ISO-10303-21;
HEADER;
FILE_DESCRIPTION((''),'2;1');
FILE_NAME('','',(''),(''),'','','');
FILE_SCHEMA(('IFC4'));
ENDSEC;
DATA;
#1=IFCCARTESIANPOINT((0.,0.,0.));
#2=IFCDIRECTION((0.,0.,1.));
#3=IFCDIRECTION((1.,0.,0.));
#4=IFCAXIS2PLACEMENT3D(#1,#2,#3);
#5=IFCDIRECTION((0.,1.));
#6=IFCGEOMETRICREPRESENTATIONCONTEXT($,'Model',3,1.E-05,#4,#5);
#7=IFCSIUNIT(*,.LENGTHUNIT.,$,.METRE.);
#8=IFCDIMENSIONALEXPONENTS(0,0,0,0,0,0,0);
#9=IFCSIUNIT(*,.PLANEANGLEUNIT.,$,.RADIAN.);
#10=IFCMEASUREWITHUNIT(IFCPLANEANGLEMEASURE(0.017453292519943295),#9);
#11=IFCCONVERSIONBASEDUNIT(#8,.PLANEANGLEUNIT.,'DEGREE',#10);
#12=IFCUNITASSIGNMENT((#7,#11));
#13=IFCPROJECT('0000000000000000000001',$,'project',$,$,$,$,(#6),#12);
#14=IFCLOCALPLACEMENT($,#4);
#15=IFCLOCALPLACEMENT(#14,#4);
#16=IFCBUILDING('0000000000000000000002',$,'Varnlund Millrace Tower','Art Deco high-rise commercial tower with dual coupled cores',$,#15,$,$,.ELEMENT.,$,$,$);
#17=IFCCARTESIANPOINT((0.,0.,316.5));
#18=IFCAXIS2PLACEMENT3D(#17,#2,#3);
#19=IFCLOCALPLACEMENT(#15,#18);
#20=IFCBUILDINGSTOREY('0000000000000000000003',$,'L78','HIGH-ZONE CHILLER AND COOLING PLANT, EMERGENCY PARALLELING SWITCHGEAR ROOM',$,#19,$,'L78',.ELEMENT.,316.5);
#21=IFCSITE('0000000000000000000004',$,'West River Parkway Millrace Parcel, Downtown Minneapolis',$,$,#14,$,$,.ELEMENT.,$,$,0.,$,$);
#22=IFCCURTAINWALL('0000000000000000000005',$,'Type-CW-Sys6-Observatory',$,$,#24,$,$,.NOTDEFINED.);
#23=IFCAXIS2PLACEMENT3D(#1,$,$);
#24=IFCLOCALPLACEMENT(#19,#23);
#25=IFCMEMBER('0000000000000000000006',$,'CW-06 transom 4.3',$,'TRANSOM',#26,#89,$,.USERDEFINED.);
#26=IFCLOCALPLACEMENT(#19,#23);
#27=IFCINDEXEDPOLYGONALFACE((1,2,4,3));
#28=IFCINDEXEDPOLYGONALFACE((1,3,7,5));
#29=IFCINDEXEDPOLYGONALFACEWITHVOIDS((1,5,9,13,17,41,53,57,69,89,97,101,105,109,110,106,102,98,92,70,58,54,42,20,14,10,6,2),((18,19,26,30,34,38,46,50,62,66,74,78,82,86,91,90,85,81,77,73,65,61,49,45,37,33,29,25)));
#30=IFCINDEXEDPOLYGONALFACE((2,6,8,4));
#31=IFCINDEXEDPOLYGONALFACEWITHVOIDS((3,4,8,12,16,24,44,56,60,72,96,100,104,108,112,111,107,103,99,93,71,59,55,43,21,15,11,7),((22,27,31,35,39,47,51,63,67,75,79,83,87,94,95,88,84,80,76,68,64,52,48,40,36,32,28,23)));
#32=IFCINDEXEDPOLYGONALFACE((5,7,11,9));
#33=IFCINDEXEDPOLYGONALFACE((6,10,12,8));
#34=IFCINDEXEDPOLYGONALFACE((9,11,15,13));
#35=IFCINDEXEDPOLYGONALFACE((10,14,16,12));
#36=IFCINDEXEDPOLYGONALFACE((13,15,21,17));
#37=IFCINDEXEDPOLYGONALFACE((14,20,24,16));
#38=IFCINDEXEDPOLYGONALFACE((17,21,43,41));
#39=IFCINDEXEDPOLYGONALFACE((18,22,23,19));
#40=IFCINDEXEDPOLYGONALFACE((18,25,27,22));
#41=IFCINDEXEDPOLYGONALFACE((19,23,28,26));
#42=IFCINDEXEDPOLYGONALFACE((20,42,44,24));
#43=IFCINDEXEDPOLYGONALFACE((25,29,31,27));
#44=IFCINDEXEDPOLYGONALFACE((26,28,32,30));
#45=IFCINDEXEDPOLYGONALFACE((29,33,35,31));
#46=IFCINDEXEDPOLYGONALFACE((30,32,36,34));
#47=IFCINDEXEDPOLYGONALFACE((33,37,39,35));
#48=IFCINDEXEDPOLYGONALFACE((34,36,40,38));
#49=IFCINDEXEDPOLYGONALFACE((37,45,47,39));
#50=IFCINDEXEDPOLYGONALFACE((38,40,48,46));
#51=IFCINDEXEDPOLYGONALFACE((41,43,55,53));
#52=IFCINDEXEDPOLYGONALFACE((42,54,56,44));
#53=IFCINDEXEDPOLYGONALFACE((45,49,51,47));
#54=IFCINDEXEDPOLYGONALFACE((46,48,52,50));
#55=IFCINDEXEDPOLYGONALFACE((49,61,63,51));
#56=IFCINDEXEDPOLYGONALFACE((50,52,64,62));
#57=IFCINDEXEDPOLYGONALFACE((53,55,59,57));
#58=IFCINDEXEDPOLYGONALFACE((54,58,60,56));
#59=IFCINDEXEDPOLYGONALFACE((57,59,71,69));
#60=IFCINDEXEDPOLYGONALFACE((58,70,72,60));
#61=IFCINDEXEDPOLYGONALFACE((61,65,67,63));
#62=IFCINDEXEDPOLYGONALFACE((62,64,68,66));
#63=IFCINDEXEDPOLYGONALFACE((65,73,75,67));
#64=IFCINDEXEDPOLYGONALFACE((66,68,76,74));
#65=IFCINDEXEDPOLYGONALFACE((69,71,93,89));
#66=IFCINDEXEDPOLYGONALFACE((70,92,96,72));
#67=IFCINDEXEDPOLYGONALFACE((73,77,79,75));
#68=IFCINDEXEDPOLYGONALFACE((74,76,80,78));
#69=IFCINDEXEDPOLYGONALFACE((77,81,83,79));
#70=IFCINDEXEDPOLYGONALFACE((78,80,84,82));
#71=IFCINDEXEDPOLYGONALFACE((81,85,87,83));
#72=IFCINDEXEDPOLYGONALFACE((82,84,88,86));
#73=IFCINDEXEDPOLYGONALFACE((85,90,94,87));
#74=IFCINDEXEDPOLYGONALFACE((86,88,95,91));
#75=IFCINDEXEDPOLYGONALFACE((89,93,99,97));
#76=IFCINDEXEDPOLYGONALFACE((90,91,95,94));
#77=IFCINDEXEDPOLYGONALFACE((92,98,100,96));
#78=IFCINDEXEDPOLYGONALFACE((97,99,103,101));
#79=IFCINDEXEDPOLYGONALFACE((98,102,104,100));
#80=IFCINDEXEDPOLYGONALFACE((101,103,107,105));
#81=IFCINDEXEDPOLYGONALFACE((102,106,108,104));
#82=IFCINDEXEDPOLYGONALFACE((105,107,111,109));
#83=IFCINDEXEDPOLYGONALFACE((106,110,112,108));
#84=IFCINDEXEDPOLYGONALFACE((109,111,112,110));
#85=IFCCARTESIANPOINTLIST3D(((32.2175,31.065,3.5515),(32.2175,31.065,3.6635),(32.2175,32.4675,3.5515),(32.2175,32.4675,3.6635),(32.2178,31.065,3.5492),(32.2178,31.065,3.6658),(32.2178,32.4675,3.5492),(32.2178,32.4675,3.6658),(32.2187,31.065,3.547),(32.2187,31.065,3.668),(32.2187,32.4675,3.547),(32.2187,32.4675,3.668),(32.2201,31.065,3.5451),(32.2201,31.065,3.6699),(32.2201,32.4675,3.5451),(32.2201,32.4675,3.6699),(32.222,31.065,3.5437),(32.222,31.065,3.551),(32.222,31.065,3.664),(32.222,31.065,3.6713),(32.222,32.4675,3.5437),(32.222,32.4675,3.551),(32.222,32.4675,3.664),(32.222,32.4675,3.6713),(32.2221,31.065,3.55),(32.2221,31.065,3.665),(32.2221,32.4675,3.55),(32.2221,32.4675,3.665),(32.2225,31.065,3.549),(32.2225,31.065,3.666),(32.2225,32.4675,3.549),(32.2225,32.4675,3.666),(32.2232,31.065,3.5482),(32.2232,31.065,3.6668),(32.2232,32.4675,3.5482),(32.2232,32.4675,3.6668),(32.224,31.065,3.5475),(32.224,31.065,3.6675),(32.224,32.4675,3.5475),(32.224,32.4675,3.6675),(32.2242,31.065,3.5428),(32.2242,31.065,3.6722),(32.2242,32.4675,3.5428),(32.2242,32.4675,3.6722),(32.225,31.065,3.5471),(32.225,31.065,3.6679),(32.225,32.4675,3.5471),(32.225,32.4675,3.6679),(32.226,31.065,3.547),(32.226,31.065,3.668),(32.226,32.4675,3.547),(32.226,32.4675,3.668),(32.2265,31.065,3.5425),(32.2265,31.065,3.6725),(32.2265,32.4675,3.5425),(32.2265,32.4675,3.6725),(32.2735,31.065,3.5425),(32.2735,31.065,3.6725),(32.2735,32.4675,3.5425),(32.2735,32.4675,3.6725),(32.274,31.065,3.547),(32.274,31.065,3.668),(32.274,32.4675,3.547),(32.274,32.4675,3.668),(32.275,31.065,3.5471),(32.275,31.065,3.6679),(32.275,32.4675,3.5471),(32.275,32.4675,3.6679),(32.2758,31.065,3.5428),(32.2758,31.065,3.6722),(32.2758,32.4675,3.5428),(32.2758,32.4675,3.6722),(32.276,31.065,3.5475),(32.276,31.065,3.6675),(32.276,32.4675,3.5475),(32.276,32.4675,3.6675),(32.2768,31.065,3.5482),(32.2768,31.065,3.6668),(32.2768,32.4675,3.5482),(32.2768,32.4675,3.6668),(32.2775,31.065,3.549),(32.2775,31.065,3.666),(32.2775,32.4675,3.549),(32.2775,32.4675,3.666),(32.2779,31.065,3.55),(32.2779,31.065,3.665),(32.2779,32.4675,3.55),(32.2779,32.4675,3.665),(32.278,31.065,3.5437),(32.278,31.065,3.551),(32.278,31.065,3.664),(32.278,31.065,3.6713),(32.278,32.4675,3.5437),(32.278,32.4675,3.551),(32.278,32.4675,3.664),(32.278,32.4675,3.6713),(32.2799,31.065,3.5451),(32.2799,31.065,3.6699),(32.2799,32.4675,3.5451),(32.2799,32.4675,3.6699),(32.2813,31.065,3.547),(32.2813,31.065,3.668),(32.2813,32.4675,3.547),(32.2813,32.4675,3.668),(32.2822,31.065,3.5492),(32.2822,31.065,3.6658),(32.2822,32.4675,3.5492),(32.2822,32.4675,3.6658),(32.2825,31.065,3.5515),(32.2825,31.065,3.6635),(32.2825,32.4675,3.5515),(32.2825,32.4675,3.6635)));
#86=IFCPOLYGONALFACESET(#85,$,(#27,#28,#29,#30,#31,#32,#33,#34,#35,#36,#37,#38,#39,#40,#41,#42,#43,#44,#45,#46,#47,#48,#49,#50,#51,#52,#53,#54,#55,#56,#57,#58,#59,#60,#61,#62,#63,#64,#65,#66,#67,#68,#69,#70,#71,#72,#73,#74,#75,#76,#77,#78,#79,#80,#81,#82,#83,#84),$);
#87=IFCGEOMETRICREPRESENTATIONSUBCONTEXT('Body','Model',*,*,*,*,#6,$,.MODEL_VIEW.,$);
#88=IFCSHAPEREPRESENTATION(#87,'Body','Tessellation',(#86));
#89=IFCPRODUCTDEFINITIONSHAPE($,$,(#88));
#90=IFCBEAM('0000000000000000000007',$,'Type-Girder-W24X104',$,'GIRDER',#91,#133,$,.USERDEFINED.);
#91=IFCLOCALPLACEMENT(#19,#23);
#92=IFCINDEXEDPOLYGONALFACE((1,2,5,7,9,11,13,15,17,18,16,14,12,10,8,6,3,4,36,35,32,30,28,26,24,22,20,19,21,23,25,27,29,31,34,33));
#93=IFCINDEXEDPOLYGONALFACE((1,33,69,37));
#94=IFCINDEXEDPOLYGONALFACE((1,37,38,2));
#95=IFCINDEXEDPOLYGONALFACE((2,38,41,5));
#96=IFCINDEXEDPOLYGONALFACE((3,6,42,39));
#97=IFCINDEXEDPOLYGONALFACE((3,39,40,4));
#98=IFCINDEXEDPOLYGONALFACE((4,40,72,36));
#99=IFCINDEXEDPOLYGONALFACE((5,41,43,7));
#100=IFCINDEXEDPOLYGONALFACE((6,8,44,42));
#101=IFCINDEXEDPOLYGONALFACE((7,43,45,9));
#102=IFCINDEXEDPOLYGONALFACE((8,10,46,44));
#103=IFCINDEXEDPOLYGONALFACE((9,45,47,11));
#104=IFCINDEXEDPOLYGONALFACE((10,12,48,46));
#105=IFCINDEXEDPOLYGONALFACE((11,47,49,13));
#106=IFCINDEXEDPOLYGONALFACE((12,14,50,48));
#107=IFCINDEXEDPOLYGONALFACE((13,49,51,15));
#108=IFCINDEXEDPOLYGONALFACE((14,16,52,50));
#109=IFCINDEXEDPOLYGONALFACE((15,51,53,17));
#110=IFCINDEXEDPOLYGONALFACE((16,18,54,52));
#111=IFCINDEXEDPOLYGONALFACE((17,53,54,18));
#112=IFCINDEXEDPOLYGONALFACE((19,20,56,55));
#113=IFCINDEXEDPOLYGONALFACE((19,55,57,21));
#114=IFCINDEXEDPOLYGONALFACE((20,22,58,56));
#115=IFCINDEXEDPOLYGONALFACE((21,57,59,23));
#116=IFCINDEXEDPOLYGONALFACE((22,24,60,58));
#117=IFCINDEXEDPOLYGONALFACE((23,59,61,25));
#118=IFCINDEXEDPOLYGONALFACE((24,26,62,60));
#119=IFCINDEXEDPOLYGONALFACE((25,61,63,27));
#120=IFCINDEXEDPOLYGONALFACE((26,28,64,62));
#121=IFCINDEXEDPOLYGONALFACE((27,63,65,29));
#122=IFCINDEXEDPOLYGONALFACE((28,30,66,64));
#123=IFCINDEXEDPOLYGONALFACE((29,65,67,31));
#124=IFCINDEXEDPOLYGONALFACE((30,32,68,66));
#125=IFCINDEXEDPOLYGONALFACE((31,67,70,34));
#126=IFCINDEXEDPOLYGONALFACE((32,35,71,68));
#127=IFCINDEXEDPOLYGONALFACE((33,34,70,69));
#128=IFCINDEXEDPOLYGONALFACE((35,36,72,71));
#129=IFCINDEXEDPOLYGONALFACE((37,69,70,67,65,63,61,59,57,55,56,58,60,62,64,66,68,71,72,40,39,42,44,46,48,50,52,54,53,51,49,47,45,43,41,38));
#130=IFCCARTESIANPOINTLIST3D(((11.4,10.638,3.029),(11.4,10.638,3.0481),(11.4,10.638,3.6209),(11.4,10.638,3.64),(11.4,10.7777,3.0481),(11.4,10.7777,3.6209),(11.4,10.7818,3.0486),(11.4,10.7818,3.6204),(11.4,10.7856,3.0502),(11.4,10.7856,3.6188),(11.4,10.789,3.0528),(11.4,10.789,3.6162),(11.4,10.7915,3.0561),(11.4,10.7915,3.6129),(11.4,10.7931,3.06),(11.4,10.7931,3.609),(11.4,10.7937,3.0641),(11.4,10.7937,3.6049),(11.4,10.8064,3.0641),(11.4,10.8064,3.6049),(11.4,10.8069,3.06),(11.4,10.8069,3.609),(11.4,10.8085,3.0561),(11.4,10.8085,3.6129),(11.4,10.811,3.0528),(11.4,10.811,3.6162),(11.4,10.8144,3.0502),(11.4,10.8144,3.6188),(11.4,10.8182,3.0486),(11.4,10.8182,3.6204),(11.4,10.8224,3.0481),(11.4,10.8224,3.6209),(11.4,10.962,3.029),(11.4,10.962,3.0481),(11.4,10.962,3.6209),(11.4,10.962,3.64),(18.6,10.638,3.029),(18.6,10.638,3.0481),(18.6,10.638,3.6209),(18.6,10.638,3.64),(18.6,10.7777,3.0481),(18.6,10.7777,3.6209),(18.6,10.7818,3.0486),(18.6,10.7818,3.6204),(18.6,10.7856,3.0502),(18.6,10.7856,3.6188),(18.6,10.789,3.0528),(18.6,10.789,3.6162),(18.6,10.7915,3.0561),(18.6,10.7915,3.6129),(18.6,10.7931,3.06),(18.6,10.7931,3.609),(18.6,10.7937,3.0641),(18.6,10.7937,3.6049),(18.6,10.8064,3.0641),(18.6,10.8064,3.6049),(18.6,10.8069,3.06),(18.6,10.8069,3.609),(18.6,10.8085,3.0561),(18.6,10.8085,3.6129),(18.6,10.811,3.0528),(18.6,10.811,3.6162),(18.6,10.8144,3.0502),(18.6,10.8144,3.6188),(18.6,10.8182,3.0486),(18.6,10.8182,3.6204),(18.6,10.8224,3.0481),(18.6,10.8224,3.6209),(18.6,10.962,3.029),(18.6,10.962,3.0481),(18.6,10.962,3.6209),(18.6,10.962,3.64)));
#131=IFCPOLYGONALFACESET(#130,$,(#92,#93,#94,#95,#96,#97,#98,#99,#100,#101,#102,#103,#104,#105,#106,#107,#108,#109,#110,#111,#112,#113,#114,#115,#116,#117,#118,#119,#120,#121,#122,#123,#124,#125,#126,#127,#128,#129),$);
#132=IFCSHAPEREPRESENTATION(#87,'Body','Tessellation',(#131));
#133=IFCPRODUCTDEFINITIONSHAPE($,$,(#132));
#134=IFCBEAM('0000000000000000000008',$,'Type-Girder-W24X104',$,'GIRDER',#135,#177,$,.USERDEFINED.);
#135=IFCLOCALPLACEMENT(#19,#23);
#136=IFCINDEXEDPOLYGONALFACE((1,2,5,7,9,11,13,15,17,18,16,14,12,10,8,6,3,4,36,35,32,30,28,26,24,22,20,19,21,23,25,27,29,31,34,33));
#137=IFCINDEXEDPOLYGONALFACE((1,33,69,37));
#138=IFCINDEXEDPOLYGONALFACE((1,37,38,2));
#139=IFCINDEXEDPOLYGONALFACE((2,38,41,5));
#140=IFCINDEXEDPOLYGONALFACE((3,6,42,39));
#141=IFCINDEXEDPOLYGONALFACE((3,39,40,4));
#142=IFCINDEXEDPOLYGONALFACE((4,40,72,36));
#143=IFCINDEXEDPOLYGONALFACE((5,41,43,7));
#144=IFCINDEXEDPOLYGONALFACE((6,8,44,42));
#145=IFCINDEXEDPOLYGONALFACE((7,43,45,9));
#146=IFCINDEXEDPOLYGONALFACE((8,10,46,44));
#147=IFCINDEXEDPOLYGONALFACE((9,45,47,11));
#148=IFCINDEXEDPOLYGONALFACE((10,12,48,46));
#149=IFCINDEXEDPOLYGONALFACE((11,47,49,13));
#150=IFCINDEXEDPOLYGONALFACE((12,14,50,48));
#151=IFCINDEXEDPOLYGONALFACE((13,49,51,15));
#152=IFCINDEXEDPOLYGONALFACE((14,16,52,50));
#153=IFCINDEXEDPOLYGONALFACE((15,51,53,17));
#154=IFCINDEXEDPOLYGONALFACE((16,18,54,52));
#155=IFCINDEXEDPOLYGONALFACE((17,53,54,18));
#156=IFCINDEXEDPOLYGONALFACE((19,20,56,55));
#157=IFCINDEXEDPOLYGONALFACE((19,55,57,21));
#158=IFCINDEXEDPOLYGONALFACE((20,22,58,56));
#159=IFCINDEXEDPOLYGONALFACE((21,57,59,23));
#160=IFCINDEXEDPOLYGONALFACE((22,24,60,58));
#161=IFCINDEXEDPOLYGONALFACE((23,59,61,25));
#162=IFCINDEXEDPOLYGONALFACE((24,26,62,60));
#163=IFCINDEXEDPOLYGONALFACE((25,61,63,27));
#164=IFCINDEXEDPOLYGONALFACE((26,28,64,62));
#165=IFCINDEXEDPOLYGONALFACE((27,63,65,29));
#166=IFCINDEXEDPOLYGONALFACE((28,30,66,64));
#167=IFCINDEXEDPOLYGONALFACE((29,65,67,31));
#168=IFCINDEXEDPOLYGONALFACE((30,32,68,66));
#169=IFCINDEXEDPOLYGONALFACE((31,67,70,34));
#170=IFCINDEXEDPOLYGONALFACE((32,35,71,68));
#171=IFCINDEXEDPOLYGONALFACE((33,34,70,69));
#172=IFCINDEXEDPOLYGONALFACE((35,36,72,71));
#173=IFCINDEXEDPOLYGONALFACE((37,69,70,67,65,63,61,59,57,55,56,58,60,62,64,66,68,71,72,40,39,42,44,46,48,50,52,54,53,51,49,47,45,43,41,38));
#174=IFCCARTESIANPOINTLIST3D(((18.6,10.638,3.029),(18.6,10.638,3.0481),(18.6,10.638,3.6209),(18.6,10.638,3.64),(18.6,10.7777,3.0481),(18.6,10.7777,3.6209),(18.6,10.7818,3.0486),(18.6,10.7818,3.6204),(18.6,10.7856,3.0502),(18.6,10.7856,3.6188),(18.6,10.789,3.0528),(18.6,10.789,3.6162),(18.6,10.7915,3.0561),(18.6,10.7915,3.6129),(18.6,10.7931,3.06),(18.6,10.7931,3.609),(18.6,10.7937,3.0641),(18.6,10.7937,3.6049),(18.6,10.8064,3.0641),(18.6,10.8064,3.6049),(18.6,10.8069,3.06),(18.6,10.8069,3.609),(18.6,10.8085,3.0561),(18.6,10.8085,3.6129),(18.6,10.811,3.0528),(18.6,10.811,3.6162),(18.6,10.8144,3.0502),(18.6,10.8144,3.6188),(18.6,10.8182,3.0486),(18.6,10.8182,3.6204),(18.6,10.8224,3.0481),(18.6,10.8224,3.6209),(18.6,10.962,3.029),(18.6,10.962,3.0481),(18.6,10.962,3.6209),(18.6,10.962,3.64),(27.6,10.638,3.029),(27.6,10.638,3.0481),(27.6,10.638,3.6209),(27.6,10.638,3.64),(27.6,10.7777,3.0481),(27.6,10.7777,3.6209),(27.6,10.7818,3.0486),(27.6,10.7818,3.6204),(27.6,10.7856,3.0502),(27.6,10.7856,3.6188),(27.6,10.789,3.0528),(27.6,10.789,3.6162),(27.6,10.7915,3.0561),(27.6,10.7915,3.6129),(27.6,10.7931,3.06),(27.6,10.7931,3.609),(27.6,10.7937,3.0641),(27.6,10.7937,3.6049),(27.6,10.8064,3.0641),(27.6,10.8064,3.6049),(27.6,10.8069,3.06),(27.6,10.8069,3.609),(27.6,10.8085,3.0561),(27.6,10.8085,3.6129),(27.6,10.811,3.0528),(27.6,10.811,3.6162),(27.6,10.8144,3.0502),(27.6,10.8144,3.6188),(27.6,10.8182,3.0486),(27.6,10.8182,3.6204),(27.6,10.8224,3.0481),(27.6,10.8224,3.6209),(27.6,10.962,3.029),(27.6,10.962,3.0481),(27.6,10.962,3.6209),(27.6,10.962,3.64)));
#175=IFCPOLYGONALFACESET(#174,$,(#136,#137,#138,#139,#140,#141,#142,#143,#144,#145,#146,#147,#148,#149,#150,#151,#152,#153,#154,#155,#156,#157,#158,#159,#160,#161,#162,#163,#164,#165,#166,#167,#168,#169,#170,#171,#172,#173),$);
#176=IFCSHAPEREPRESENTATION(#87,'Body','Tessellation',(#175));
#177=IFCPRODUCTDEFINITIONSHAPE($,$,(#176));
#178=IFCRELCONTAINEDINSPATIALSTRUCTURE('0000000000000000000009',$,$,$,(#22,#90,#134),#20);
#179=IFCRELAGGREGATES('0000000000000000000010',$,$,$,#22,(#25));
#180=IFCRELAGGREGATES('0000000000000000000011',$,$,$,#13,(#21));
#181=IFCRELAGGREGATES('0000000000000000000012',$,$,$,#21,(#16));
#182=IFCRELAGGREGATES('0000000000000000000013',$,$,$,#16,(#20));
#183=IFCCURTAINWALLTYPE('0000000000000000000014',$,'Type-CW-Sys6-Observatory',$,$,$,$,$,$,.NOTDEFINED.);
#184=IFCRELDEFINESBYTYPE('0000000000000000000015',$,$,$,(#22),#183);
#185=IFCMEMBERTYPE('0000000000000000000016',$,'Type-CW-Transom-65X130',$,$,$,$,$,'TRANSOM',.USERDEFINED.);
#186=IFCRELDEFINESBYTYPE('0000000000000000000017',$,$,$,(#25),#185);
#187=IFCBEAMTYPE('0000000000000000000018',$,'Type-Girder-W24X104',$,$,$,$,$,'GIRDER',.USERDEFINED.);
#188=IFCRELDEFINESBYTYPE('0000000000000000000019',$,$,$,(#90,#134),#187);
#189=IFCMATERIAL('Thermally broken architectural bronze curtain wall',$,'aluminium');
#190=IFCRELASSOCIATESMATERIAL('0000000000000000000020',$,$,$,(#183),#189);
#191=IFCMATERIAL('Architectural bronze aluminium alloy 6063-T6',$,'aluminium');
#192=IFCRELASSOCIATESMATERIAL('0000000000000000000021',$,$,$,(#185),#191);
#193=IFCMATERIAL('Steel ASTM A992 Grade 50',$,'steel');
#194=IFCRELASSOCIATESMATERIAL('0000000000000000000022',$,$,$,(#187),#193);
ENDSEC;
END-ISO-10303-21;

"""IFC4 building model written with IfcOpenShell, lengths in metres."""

from ifc_helpers import new_model, entity, si_unit, converted_unit, direction, frame, origin_with_axes, origin_2d_with_axis, place, context, subcontext, project, spatial, hollow_rectangle, i_section, extrude, material, material_profile, profile_set, type_object, element, aggregate, save


model = new_model("IFC4")

# Units and contexts
model_context = context("Model", 3, precision=1e-05, world=origin_with_axes(), true_north=direction((0.0, 1.0)))
body_context = subcontext(model_context, "Body", "Model", "MODEL_VIEW")
ifc_project = project(units=[si_unit("LENGTHUNIT", "METRE"), converted_unit("PLANEANGLEUNIT", "DEGREE", entity("IfcPlaneAngleMeasure", 0.017453292519943295), si_unit("PLANEANGLEUNIT", "RADIAN"), dimensions=[0, 0, 0, 0, 0, 0, 0])], contexts=[model_context])

# Site, building, storey
site_placement = place(None, origin_with_axes())
site = spatial("IfcSite", under=ifc_project, at=site_placement, Name="West River Parkway Millrace Parcel, Downtown Minneapolis", CompositionType="ELEMENT", RefElevation=0.0)
building_placement = place(site_placement, origin_with_axes())
building = spatial("IfcBuilding", under=site, at=building_placement, Name="Varnlund Millrace Tower", Description="Art Deco high-rise commercial tower with dual coupled cores", CompositionType="ELEMENT")
storey_placement = place(building_placement, frame((0.0, 0.0, 316.5), z_axis=(0.0, 0.0, 1.0), x_axis=(1.0, 0.0, 0.0)))
storey = spatial("IfcBuildingStorey", under=building, at=storey_placement, Name="L78", Description="HIGH-ZONE CHILLER AND COOLING PLANT, EMERGENCY PARALLELING SWITCHGEAR ROOM", LongName="L78", CompositionType="ELEMENT", Elevation=316.5)

# Shared definitions
ifc_material_1 = material(Name="Steel ASTM A992 Grade 50", Category="steel")

# Curtain wall, member
ifc_material_2 = material(Name="Thermally broken architectural bronze curtain wall", Category="aluminium")
curtain_wall_type = type_object("IfcCurtainWallType", Name="Type-CW-Sys6-Observatory", PredefinedType="NOTDEFINED", material=ifc_material_2)
curtain_wall_placement = place(storey_placement, frame((32.25, 37.0, 0.0), z_axis=(0.0, 0.0, 1.0), x_axis=(1.0, 0.0, 0.0)))
curtain_wall = element("IfcCurtainWall", 1, at=curtain_wall_placement, inside=storey, type_object=curtain_wall_type, Name="Type-CW-Sys6-Observatory", PredefinedType="NOTDEFINED")
ifc_material_3 = material(Name="Architectural bronze aluminium alloy 6063-T6", Category="aluminium")
ifc_material_profile_1 = material_profile(ifc_material_3, hollow_rectangle(XDim=0.065, YDim=0.13, WallThickness=0.0045, InnerFilletRadius=0.004, OuterFilletRadius=0.009, at=origin_2d_with_axis()), Name="Architectural bronze aluminium alloy 6063-T6")
ifc_profile_set_1 = profile_set([ifc_material_profile_1], Name="Architectural bronze aluminium alloy 6063-T6")
member_type = type_object("IfcMemberType", Name="Type-CW-Transom-65X130", ElementType="TRANSOM", PredefinedType="USERDEFINED", material=ifc_profile_set_1)
member_1_placement = place(storey_placement, frame((32.25, 32.4675, 3.6075), z_axis=(0.0, -1.0, 0.0), x_axis=(1.0, 0.0, 0.0)))
member_1 = element("IfcMember", 2, at=member_1_placement, type_object=member_type, Name="CW-06 transom 4.3", ObjectType="TRANSOM", PredefinedType="USERDEFINED", context=body_context, shape_type="SweptSolid", body=[
    extrude(hollow_rectangle(XDim=0.065, YDim=0.13, WallThickness=0.0045, InnerFilletRadius=0.004, OuterFilletRadius=0.009, at=origin_2d_with_axis()), origin_with_axes(), (0.0, 0.0, 1.0), 1.4025),
])

# Beams
ifc_material_profile_2 = material_profile(ifc_material_1, i_section(OverallWidth=0.324, OverallDepth=0.611, WebThickness=0.0127, FlangeThickness=0.0191, FilletRadius=0.016, at=origin_2d_with_axis()), Name="Steel ASTM A992 Grade 50")
ifc_profile_set_2 = profile_set([ifc_material_profile_2], Name="Steel ASTM A992 Grade 50")
beam_type_1 = type_object("IfcBeamType", Name="Type-Girder-W24X104", ElementType="GIRDER", PredefinedType="USERDEFINED", material=ifc_profile_set_2)
beam_1_placement = place(storey_placement, frame((11.4, 10.8, 3.3345), z_axis=(1.0, 0.0, 0.0), x_axis=(0.0, 1.0, 0.0)))
element("IfcBeam", 3, at=beam_1_placement, inside=storey, type_object=beam_type_1, Name="Type-Girder-W24X104", ObjectType="GIRDER", PredefinedType="USERDEFINED", context=body_context, shape_type="SweptSolid", body=[
    extrude(i_section(OverallWidth=0.324, OverallDepth=0.611, WebThickness=0.0127, FlangeThickness=0.0191, FilletRadius=0.016, at=origin_2d_with_axis()), origin_with_axes(), (0.0, 0.0, 1.0), 7.2),
])
for number, where, z_axis, x_axis, name in (
    (4, (18.6, 10.8, 3.3345), (1.0, 0.0, 0.0), (0.0, 1.0, 0.0), "Type-Girder-W24X104"),
):
    element("IfcBeam", number, at=place(storey_placement, frame(where, z_axis=z_axis, x_axis=x_axis)), inside=storey, type_object=beam_type_1, Name=name, ObjectType="GIRDER", PredefinedType="USERDEFINED", context=body_context, shape_type="SweptSolid", body=[
        extrude(i_section(OverallWidth=0.324, OverallDepth=0.611, WebThickness=0.0127, FlangeThickness=0.0191, FilletRadius=0.016, at=origin_2d_with_axis()), origin_with_axes(), (0.0, 0.0, 1.0), 9.0),
    ])

aggregate(curtain_wall, [member_1])

save(model, "model.ifc")
